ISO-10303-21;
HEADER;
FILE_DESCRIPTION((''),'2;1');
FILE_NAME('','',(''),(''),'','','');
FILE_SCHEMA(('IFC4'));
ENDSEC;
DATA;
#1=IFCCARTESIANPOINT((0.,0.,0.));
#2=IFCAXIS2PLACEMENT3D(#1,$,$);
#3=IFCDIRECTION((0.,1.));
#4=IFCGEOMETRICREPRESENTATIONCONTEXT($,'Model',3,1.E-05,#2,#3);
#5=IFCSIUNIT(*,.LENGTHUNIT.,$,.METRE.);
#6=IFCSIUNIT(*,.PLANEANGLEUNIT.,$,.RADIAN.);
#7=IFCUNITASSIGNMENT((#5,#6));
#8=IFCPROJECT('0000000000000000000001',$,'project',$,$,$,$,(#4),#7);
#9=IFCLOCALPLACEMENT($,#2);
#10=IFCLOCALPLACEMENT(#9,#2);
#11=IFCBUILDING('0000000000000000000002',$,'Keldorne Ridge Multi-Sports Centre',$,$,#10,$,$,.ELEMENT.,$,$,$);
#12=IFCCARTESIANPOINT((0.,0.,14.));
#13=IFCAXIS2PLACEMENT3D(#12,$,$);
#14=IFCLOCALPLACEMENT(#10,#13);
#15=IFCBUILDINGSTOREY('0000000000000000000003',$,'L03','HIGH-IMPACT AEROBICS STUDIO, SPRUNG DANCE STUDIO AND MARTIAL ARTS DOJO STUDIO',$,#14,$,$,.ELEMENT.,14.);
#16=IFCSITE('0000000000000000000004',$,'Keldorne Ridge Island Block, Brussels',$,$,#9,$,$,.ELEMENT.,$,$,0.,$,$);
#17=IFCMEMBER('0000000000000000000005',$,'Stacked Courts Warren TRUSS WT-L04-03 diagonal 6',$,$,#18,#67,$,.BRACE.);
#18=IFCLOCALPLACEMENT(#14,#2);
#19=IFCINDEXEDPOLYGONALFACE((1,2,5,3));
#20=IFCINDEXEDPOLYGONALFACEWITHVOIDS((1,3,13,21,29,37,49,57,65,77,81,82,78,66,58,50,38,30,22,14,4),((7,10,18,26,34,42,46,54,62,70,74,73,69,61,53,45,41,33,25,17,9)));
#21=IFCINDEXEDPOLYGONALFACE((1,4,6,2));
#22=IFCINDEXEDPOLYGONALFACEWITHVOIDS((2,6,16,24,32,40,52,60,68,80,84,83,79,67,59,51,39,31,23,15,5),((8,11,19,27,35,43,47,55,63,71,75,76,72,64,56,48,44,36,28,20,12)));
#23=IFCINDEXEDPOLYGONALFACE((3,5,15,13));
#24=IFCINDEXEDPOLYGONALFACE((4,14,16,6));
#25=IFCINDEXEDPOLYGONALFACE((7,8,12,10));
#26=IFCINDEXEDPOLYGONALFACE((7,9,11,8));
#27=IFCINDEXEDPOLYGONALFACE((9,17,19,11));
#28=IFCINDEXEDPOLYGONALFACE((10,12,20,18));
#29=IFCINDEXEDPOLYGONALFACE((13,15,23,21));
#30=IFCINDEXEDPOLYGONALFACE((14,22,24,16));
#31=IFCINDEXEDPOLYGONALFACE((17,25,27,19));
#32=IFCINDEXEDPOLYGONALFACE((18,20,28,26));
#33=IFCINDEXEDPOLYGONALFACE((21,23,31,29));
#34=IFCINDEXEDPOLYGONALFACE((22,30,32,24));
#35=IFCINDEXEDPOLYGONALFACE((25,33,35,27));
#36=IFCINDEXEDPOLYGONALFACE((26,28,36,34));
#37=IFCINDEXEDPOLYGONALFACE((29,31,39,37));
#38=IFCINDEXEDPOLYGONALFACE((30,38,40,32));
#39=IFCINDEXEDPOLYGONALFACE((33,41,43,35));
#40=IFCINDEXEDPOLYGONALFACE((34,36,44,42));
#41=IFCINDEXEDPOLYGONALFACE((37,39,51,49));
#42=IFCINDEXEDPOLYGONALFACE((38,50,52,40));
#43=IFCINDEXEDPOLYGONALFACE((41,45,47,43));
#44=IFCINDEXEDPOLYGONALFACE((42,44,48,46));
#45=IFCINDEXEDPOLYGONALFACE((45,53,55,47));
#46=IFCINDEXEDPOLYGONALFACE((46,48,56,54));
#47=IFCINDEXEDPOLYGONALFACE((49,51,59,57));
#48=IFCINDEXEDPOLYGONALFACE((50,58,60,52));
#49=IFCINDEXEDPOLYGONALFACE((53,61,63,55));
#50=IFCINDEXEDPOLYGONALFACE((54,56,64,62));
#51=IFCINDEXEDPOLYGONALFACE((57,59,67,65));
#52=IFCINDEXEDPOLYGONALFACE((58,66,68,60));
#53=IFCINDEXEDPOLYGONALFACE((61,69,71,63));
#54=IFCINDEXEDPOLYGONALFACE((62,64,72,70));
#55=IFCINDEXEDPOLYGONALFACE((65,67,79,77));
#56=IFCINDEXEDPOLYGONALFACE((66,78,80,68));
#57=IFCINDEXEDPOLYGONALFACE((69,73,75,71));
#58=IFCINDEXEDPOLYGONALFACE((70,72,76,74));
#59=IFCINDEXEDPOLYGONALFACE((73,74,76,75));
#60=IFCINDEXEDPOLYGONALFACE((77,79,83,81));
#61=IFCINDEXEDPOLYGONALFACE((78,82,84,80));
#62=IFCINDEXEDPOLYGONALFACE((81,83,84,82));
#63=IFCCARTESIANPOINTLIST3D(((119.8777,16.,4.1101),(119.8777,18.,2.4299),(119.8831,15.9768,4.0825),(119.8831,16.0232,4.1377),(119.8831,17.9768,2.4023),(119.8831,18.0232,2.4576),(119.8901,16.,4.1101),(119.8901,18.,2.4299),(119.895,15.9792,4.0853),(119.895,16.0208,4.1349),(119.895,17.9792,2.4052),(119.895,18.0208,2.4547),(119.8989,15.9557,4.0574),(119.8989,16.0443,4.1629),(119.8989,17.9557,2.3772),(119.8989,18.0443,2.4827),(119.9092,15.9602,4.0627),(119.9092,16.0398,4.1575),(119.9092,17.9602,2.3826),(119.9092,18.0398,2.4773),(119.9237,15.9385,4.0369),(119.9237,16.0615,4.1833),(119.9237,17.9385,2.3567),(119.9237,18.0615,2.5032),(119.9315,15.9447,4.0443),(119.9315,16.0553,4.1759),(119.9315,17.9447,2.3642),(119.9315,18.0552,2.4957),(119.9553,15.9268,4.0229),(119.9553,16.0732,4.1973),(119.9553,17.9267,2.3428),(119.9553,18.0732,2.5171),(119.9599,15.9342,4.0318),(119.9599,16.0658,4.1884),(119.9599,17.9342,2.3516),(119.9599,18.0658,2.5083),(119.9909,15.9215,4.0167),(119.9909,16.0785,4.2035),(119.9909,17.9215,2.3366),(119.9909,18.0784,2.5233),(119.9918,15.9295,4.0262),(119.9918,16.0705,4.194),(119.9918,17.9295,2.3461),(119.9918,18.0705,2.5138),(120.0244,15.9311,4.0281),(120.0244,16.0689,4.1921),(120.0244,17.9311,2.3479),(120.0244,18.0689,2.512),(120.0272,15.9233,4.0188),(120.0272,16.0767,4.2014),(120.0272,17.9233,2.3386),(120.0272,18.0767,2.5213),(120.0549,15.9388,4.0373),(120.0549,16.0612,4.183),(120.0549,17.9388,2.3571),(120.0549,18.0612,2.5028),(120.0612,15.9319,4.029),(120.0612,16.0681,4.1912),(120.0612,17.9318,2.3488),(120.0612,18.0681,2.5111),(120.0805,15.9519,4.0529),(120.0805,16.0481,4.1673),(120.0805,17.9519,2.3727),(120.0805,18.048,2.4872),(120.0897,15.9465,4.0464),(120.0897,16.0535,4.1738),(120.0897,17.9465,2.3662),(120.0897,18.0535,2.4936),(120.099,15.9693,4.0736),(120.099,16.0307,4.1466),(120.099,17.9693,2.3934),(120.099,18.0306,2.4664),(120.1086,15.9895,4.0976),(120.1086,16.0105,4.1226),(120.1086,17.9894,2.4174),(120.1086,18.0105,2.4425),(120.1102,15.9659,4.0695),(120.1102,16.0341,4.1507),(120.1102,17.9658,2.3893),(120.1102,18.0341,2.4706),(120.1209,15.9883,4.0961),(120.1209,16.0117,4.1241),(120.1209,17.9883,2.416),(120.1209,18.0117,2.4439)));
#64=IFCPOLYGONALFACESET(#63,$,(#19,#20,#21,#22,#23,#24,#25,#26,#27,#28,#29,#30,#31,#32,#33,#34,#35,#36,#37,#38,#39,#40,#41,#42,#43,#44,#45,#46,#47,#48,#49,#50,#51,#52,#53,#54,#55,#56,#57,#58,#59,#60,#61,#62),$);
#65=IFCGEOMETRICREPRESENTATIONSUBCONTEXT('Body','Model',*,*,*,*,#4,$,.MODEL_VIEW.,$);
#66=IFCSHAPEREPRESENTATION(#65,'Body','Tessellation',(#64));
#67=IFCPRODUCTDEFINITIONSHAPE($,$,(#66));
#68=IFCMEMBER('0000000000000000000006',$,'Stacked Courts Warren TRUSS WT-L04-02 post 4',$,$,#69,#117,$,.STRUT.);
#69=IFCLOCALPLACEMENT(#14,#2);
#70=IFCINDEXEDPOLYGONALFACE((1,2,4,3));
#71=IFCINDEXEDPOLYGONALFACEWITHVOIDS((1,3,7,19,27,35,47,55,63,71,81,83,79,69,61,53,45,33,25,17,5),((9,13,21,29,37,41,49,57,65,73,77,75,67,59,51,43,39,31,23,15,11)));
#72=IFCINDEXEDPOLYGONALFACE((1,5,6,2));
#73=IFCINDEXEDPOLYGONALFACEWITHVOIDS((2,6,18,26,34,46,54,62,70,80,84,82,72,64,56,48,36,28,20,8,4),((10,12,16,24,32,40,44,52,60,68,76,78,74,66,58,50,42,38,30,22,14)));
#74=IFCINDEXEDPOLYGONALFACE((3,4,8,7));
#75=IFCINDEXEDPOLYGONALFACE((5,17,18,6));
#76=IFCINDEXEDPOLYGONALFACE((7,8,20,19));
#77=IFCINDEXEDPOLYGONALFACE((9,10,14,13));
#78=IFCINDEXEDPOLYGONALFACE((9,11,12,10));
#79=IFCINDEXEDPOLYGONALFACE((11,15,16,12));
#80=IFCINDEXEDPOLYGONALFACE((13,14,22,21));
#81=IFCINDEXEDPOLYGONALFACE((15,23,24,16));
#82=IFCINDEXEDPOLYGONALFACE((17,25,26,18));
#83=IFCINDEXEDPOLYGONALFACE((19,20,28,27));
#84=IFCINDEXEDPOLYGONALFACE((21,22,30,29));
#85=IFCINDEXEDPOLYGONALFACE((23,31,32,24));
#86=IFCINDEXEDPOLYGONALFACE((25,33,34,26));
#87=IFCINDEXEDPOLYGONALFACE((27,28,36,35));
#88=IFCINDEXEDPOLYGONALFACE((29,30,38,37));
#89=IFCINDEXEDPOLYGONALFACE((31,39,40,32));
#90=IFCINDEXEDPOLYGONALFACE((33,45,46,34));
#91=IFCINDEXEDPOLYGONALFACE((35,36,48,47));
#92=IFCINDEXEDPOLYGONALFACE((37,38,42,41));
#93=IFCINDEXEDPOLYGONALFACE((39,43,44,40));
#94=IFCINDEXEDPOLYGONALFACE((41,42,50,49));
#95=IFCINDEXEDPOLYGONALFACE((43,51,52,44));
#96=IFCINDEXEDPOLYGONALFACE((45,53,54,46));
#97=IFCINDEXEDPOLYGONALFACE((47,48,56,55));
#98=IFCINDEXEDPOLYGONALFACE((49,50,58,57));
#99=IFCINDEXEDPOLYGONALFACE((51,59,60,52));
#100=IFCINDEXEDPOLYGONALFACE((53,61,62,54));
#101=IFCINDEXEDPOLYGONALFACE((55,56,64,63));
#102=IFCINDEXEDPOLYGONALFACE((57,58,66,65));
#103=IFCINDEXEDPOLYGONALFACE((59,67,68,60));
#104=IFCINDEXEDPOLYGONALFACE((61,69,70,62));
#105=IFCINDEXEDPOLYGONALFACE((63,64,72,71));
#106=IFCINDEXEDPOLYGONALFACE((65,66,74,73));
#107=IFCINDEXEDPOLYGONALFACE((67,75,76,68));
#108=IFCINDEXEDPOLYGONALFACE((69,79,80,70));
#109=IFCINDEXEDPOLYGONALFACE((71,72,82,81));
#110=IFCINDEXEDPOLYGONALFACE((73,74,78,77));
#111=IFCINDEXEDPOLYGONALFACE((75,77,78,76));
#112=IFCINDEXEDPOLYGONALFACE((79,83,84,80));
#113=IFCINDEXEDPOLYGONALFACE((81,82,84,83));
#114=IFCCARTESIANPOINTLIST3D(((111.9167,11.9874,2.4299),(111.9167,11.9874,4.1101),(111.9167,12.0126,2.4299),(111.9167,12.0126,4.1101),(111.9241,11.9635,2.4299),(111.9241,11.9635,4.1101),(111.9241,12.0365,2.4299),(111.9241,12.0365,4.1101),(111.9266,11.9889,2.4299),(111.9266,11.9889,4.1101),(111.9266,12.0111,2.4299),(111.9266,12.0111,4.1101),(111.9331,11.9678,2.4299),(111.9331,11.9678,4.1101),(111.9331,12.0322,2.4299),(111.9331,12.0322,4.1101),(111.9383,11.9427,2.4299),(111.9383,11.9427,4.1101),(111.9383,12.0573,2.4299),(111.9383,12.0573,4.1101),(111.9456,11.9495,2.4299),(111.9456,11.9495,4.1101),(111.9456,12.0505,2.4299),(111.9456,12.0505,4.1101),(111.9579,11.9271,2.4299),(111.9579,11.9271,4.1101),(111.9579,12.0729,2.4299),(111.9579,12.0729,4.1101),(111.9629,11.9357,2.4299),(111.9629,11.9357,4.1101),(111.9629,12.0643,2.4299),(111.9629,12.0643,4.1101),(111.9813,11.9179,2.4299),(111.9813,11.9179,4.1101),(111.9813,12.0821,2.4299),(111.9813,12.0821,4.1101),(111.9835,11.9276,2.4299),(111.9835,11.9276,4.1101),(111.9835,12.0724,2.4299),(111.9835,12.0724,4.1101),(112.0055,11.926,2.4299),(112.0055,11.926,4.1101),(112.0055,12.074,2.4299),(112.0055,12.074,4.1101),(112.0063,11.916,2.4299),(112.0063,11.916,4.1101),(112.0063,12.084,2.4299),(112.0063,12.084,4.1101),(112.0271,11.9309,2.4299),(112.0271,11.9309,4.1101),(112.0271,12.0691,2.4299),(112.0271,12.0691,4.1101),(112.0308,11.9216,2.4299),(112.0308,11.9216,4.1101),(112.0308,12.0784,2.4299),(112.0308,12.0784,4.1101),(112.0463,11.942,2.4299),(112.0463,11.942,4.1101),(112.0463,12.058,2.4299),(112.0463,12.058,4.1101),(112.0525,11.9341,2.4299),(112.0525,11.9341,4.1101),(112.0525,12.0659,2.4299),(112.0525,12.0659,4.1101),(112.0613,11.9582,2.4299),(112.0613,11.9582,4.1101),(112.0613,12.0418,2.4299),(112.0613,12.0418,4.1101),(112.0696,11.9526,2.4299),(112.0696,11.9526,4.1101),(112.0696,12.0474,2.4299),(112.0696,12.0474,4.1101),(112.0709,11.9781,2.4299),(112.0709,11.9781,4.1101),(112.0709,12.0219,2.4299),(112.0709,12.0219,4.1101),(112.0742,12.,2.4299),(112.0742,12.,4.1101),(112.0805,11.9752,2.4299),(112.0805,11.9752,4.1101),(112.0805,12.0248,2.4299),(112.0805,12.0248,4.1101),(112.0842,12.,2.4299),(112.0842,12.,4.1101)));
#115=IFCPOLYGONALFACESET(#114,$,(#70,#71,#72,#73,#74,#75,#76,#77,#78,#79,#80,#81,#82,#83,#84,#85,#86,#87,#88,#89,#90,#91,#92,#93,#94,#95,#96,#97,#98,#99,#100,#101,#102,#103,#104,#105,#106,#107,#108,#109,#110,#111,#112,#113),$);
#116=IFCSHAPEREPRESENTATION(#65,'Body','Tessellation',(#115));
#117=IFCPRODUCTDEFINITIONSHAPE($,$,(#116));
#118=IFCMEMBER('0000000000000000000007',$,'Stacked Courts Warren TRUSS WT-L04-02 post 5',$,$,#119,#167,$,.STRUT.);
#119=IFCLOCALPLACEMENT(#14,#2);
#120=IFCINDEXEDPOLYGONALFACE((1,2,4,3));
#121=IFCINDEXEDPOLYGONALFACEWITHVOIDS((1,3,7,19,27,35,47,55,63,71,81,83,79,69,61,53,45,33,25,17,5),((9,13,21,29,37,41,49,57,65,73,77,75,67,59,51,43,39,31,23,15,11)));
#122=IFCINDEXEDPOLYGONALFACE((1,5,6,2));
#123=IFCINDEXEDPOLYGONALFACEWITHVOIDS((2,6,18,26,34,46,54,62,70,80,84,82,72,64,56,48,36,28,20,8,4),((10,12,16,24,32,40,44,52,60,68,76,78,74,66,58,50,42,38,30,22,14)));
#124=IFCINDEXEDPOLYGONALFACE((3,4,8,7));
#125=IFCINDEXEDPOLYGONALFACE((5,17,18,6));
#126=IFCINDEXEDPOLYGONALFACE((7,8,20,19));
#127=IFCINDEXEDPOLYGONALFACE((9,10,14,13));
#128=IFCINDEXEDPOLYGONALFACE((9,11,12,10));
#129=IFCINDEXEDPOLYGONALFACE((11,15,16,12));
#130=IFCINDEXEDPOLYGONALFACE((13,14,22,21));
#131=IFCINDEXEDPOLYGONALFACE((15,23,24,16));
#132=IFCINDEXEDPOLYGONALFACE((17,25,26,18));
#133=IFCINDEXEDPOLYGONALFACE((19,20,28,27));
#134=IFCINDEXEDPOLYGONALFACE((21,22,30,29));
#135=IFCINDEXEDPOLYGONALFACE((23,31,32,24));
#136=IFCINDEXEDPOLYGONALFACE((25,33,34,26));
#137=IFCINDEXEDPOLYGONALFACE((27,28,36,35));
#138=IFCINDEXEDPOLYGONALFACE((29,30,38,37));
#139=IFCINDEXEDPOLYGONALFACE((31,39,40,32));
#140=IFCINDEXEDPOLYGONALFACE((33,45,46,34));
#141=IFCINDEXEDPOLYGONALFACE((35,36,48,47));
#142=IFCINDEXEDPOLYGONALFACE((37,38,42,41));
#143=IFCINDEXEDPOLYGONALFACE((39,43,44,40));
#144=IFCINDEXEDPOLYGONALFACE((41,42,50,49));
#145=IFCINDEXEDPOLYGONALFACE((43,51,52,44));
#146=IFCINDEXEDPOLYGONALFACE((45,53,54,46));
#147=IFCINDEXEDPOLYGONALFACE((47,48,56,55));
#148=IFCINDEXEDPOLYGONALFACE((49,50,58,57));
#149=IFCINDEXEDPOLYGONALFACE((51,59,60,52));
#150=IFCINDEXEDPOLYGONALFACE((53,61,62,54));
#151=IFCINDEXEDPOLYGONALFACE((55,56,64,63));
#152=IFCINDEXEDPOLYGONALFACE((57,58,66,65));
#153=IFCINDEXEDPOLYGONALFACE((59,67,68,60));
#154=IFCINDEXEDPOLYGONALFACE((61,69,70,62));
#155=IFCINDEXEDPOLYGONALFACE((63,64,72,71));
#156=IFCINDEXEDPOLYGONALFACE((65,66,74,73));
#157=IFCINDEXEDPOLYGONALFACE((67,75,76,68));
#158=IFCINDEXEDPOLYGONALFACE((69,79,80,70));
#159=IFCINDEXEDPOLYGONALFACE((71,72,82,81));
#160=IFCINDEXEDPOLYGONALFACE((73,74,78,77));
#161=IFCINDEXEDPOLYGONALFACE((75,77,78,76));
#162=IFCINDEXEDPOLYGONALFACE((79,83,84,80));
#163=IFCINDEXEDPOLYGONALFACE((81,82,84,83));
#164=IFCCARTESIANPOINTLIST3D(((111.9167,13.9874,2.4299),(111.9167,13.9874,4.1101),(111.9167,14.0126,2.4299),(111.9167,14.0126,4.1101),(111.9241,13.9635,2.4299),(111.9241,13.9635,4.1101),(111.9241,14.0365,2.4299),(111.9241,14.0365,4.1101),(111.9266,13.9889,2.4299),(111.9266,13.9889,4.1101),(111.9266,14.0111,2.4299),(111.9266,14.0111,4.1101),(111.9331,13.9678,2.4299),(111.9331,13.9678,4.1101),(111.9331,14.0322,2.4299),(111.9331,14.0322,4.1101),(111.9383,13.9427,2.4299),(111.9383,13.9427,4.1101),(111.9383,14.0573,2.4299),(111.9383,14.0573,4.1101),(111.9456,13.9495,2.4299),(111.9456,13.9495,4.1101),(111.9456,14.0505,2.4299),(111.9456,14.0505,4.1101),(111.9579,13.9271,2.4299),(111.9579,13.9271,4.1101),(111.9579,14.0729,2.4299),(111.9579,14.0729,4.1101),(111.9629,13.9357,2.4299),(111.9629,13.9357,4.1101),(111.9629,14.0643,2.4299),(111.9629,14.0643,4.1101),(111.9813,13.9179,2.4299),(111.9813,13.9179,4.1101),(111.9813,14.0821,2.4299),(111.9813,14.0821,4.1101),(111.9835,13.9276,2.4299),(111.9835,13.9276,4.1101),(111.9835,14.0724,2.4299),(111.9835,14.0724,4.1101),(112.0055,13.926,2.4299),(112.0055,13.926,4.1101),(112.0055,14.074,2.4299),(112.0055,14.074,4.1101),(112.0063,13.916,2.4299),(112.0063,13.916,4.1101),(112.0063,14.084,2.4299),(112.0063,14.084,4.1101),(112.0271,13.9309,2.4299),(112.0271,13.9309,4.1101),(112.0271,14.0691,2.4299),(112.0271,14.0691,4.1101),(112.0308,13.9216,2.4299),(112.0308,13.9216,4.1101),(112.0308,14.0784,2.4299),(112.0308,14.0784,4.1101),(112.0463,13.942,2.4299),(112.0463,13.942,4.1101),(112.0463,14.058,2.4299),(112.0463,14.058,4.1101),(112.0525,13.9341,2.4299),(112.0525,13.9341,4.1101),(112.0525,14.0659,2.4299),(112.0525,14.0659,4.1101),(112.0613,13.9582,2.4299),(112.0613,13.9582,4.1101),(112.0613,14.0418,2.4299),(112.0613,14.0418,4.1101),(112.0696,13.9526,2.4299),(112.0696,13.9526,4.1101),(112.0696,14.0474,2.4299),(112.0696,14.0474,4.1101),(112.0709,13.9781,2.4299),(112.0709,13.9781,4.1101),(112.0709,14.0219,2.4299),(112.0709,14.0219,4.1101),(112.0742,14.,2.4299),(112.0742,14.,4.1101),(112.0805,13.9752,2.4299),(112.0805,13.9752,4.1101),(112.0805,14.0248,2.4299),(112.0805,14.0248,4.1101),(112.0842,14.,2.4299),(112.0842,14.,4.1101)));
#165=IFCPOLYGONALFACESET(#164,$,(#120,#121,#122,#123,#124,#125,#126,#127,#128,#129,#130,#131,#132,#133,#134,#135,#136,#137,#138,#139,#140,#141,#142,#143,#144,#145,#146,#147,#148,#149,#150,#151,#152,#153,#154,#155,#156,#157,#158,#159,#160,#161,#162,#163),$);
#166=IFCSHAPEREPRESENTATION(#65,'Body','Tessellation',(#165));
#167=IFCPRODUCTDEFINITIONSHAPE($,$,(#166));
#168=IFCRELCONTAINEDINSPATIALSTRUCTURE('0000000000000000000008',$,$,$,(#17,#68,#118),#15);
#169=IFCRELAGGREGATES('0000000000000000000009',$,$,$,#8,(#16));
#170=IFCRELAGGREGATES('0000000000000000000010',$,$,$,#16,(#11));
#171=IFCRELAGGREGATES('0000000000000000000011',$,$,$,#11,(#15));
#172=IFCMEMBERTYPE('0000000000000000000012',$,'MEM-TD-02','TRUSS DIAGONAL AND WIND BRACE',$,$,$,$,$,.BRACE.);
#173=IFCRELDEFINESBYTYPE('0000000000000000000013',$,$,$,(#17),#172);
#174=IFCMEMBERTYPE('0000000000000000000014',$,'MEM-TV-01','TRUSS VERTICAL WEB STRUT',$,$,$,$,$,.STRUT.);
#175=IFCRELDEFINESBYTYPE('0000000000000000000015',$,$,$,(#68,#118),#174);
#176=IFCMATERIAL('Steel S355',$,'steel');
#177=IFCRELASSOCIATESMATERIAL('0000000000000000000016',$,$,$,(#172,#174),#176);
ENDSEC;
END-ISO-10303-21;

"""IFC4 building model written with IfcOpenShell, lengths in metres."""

from ifc_helpers import new_model, si_unit, direction, frame, origin, origin_2d, place, context, subcontext, project, spatial, hollow_circle, extrude, material, material_profile, profile_set, type_object, element, save


model = new_model("IFC4")

# Units and contexts
model_context = context("Model", 3, precision=1e-05, world=origin(), true_north=direction((0.0, 1.0)))
body_context = subcontext(model_context, "Body", "Model", "MODEL_VIEW")
ifc_project = project(units=[si_unit("LENGTHUNIT", "METRE"), si_unit("PLANEANGLEUNIT", "RADIAN")], contexts=[model_context])

# Site, building, storey
site_placement = place(None, origin())
site = spatial("IfcSite", under=ifc_project, at=site_placement, Name="Keldorne Ridge Island Block, Brussels", CompositionType="ELEMENT", RefElevation=0.0)
building_placement = place(site_placement, origin())
building = spatial("IfcBuilding", under=site, at=building_placement, Name="Keldorne Ridge Multi-Sports Centre", CompositionType="ELEMENT")
storey_placement = place(building_placement, frame((0.0, 0.0, 14.0)))
storey = spatial("IfcBuildingStorey", under=building, at=storey_placement, Name="L03", Description="HIGH-IMPACT AEROBICS STUDIO, SPRUNG DANCE STUDIO AND MARTIAL ARTS DOJO STUDIO", CompositionType="ELEMENT", Elevation=14.0)

# Members
ifc_material = material(Name="Steel S355", Category="steel")
ifc_material_profile_1 = material_profile(ifc_material, hollow_circle(Radius=0.1223, WallThickness=0.0125, at=origin_2d()), Name="CHS 244.5x12.5")
ifc_profile_set_1 = profile_set([ifc_material_profile_1], Name="Steel S355")
member_type_1 = type_object("IfcMemberType", Name="MEM-TD-02", Description="TRUSS DIAGONAL AND WIND BRACE", PredefinedType="BRACE", material=ifc_profile_set_1)
for number, where, z_axis, x_axis, name in (
    (1, (120.0, 16.0, 4.1101), (0.0, 0.765672, -0.643232), (-1.0, 0.0, 0.0), "Stacked Courts Warren TRUSS WT-L04-03 diagonal 6"),
):
    element("IfcMember", number, at=place(storey_placement, frame(where, z_axis=z_axis, x_axis=x_axis)), inside=storey, type_object=member_type_1, Name=name, PredefinedType="BRACE", context=body_context, shape_type="SweptSolid", body=[
        extrude(hollow_circle(Radius=0.1223, WallThickness=0.0125, at=origin_2d()), origin(), (0.0, 0.0, 1.0), 2.6121),
    ])
ifc_material_profile_2 = material_profile(ifc_material, hollow_circle(Radius=0.0842, WallThickness=0.01, at=origin_2d()), Name="CHS 168.3x10")
ifc_profile_set_2 = profile_set([ifc_material_profile_2], Name="Steel S355")
member_type_2 = type_object("IfcMemberType", Name="MEM-TV-01", Description="TRUSS VERTICAL WEB STRUT", PredefinedType="STRUT", material=ifc_profile_set_2)
for number, where, z_axis, x_axis, name in (
    (2, (112.0, 12.0, 2.4299), (0.0, 0.0, 1.0), (1.0, 0.0, 0.0), "Stacked Courts Warren TRUSS WT-L04-02 post 4"),
    (3, (112.0, 14.0, 2.4299), (0.0, 0.0, 1.0), (1.0, 0.0, 0.0), "Stacked Courts Warren TRUSS WT-L04-02 post 5"),
):
    element("IfcMember", number, at=place(storey_placement, frame(where, z_axis=z_axis, x_axis=x_axis)), inside=storey, type_object=member_type_2, Name=name, PredefinedType="STRUT", context=body_context, shape_type="SweptSolid", body=[
        extrude(hollow_circle(Radius=0.0842, WallThickness=0.01, at=origin_2d()), origin(), (0.0, 0.0, 1.0), 1.6802),
    ])

save(model, "model.ifc")
